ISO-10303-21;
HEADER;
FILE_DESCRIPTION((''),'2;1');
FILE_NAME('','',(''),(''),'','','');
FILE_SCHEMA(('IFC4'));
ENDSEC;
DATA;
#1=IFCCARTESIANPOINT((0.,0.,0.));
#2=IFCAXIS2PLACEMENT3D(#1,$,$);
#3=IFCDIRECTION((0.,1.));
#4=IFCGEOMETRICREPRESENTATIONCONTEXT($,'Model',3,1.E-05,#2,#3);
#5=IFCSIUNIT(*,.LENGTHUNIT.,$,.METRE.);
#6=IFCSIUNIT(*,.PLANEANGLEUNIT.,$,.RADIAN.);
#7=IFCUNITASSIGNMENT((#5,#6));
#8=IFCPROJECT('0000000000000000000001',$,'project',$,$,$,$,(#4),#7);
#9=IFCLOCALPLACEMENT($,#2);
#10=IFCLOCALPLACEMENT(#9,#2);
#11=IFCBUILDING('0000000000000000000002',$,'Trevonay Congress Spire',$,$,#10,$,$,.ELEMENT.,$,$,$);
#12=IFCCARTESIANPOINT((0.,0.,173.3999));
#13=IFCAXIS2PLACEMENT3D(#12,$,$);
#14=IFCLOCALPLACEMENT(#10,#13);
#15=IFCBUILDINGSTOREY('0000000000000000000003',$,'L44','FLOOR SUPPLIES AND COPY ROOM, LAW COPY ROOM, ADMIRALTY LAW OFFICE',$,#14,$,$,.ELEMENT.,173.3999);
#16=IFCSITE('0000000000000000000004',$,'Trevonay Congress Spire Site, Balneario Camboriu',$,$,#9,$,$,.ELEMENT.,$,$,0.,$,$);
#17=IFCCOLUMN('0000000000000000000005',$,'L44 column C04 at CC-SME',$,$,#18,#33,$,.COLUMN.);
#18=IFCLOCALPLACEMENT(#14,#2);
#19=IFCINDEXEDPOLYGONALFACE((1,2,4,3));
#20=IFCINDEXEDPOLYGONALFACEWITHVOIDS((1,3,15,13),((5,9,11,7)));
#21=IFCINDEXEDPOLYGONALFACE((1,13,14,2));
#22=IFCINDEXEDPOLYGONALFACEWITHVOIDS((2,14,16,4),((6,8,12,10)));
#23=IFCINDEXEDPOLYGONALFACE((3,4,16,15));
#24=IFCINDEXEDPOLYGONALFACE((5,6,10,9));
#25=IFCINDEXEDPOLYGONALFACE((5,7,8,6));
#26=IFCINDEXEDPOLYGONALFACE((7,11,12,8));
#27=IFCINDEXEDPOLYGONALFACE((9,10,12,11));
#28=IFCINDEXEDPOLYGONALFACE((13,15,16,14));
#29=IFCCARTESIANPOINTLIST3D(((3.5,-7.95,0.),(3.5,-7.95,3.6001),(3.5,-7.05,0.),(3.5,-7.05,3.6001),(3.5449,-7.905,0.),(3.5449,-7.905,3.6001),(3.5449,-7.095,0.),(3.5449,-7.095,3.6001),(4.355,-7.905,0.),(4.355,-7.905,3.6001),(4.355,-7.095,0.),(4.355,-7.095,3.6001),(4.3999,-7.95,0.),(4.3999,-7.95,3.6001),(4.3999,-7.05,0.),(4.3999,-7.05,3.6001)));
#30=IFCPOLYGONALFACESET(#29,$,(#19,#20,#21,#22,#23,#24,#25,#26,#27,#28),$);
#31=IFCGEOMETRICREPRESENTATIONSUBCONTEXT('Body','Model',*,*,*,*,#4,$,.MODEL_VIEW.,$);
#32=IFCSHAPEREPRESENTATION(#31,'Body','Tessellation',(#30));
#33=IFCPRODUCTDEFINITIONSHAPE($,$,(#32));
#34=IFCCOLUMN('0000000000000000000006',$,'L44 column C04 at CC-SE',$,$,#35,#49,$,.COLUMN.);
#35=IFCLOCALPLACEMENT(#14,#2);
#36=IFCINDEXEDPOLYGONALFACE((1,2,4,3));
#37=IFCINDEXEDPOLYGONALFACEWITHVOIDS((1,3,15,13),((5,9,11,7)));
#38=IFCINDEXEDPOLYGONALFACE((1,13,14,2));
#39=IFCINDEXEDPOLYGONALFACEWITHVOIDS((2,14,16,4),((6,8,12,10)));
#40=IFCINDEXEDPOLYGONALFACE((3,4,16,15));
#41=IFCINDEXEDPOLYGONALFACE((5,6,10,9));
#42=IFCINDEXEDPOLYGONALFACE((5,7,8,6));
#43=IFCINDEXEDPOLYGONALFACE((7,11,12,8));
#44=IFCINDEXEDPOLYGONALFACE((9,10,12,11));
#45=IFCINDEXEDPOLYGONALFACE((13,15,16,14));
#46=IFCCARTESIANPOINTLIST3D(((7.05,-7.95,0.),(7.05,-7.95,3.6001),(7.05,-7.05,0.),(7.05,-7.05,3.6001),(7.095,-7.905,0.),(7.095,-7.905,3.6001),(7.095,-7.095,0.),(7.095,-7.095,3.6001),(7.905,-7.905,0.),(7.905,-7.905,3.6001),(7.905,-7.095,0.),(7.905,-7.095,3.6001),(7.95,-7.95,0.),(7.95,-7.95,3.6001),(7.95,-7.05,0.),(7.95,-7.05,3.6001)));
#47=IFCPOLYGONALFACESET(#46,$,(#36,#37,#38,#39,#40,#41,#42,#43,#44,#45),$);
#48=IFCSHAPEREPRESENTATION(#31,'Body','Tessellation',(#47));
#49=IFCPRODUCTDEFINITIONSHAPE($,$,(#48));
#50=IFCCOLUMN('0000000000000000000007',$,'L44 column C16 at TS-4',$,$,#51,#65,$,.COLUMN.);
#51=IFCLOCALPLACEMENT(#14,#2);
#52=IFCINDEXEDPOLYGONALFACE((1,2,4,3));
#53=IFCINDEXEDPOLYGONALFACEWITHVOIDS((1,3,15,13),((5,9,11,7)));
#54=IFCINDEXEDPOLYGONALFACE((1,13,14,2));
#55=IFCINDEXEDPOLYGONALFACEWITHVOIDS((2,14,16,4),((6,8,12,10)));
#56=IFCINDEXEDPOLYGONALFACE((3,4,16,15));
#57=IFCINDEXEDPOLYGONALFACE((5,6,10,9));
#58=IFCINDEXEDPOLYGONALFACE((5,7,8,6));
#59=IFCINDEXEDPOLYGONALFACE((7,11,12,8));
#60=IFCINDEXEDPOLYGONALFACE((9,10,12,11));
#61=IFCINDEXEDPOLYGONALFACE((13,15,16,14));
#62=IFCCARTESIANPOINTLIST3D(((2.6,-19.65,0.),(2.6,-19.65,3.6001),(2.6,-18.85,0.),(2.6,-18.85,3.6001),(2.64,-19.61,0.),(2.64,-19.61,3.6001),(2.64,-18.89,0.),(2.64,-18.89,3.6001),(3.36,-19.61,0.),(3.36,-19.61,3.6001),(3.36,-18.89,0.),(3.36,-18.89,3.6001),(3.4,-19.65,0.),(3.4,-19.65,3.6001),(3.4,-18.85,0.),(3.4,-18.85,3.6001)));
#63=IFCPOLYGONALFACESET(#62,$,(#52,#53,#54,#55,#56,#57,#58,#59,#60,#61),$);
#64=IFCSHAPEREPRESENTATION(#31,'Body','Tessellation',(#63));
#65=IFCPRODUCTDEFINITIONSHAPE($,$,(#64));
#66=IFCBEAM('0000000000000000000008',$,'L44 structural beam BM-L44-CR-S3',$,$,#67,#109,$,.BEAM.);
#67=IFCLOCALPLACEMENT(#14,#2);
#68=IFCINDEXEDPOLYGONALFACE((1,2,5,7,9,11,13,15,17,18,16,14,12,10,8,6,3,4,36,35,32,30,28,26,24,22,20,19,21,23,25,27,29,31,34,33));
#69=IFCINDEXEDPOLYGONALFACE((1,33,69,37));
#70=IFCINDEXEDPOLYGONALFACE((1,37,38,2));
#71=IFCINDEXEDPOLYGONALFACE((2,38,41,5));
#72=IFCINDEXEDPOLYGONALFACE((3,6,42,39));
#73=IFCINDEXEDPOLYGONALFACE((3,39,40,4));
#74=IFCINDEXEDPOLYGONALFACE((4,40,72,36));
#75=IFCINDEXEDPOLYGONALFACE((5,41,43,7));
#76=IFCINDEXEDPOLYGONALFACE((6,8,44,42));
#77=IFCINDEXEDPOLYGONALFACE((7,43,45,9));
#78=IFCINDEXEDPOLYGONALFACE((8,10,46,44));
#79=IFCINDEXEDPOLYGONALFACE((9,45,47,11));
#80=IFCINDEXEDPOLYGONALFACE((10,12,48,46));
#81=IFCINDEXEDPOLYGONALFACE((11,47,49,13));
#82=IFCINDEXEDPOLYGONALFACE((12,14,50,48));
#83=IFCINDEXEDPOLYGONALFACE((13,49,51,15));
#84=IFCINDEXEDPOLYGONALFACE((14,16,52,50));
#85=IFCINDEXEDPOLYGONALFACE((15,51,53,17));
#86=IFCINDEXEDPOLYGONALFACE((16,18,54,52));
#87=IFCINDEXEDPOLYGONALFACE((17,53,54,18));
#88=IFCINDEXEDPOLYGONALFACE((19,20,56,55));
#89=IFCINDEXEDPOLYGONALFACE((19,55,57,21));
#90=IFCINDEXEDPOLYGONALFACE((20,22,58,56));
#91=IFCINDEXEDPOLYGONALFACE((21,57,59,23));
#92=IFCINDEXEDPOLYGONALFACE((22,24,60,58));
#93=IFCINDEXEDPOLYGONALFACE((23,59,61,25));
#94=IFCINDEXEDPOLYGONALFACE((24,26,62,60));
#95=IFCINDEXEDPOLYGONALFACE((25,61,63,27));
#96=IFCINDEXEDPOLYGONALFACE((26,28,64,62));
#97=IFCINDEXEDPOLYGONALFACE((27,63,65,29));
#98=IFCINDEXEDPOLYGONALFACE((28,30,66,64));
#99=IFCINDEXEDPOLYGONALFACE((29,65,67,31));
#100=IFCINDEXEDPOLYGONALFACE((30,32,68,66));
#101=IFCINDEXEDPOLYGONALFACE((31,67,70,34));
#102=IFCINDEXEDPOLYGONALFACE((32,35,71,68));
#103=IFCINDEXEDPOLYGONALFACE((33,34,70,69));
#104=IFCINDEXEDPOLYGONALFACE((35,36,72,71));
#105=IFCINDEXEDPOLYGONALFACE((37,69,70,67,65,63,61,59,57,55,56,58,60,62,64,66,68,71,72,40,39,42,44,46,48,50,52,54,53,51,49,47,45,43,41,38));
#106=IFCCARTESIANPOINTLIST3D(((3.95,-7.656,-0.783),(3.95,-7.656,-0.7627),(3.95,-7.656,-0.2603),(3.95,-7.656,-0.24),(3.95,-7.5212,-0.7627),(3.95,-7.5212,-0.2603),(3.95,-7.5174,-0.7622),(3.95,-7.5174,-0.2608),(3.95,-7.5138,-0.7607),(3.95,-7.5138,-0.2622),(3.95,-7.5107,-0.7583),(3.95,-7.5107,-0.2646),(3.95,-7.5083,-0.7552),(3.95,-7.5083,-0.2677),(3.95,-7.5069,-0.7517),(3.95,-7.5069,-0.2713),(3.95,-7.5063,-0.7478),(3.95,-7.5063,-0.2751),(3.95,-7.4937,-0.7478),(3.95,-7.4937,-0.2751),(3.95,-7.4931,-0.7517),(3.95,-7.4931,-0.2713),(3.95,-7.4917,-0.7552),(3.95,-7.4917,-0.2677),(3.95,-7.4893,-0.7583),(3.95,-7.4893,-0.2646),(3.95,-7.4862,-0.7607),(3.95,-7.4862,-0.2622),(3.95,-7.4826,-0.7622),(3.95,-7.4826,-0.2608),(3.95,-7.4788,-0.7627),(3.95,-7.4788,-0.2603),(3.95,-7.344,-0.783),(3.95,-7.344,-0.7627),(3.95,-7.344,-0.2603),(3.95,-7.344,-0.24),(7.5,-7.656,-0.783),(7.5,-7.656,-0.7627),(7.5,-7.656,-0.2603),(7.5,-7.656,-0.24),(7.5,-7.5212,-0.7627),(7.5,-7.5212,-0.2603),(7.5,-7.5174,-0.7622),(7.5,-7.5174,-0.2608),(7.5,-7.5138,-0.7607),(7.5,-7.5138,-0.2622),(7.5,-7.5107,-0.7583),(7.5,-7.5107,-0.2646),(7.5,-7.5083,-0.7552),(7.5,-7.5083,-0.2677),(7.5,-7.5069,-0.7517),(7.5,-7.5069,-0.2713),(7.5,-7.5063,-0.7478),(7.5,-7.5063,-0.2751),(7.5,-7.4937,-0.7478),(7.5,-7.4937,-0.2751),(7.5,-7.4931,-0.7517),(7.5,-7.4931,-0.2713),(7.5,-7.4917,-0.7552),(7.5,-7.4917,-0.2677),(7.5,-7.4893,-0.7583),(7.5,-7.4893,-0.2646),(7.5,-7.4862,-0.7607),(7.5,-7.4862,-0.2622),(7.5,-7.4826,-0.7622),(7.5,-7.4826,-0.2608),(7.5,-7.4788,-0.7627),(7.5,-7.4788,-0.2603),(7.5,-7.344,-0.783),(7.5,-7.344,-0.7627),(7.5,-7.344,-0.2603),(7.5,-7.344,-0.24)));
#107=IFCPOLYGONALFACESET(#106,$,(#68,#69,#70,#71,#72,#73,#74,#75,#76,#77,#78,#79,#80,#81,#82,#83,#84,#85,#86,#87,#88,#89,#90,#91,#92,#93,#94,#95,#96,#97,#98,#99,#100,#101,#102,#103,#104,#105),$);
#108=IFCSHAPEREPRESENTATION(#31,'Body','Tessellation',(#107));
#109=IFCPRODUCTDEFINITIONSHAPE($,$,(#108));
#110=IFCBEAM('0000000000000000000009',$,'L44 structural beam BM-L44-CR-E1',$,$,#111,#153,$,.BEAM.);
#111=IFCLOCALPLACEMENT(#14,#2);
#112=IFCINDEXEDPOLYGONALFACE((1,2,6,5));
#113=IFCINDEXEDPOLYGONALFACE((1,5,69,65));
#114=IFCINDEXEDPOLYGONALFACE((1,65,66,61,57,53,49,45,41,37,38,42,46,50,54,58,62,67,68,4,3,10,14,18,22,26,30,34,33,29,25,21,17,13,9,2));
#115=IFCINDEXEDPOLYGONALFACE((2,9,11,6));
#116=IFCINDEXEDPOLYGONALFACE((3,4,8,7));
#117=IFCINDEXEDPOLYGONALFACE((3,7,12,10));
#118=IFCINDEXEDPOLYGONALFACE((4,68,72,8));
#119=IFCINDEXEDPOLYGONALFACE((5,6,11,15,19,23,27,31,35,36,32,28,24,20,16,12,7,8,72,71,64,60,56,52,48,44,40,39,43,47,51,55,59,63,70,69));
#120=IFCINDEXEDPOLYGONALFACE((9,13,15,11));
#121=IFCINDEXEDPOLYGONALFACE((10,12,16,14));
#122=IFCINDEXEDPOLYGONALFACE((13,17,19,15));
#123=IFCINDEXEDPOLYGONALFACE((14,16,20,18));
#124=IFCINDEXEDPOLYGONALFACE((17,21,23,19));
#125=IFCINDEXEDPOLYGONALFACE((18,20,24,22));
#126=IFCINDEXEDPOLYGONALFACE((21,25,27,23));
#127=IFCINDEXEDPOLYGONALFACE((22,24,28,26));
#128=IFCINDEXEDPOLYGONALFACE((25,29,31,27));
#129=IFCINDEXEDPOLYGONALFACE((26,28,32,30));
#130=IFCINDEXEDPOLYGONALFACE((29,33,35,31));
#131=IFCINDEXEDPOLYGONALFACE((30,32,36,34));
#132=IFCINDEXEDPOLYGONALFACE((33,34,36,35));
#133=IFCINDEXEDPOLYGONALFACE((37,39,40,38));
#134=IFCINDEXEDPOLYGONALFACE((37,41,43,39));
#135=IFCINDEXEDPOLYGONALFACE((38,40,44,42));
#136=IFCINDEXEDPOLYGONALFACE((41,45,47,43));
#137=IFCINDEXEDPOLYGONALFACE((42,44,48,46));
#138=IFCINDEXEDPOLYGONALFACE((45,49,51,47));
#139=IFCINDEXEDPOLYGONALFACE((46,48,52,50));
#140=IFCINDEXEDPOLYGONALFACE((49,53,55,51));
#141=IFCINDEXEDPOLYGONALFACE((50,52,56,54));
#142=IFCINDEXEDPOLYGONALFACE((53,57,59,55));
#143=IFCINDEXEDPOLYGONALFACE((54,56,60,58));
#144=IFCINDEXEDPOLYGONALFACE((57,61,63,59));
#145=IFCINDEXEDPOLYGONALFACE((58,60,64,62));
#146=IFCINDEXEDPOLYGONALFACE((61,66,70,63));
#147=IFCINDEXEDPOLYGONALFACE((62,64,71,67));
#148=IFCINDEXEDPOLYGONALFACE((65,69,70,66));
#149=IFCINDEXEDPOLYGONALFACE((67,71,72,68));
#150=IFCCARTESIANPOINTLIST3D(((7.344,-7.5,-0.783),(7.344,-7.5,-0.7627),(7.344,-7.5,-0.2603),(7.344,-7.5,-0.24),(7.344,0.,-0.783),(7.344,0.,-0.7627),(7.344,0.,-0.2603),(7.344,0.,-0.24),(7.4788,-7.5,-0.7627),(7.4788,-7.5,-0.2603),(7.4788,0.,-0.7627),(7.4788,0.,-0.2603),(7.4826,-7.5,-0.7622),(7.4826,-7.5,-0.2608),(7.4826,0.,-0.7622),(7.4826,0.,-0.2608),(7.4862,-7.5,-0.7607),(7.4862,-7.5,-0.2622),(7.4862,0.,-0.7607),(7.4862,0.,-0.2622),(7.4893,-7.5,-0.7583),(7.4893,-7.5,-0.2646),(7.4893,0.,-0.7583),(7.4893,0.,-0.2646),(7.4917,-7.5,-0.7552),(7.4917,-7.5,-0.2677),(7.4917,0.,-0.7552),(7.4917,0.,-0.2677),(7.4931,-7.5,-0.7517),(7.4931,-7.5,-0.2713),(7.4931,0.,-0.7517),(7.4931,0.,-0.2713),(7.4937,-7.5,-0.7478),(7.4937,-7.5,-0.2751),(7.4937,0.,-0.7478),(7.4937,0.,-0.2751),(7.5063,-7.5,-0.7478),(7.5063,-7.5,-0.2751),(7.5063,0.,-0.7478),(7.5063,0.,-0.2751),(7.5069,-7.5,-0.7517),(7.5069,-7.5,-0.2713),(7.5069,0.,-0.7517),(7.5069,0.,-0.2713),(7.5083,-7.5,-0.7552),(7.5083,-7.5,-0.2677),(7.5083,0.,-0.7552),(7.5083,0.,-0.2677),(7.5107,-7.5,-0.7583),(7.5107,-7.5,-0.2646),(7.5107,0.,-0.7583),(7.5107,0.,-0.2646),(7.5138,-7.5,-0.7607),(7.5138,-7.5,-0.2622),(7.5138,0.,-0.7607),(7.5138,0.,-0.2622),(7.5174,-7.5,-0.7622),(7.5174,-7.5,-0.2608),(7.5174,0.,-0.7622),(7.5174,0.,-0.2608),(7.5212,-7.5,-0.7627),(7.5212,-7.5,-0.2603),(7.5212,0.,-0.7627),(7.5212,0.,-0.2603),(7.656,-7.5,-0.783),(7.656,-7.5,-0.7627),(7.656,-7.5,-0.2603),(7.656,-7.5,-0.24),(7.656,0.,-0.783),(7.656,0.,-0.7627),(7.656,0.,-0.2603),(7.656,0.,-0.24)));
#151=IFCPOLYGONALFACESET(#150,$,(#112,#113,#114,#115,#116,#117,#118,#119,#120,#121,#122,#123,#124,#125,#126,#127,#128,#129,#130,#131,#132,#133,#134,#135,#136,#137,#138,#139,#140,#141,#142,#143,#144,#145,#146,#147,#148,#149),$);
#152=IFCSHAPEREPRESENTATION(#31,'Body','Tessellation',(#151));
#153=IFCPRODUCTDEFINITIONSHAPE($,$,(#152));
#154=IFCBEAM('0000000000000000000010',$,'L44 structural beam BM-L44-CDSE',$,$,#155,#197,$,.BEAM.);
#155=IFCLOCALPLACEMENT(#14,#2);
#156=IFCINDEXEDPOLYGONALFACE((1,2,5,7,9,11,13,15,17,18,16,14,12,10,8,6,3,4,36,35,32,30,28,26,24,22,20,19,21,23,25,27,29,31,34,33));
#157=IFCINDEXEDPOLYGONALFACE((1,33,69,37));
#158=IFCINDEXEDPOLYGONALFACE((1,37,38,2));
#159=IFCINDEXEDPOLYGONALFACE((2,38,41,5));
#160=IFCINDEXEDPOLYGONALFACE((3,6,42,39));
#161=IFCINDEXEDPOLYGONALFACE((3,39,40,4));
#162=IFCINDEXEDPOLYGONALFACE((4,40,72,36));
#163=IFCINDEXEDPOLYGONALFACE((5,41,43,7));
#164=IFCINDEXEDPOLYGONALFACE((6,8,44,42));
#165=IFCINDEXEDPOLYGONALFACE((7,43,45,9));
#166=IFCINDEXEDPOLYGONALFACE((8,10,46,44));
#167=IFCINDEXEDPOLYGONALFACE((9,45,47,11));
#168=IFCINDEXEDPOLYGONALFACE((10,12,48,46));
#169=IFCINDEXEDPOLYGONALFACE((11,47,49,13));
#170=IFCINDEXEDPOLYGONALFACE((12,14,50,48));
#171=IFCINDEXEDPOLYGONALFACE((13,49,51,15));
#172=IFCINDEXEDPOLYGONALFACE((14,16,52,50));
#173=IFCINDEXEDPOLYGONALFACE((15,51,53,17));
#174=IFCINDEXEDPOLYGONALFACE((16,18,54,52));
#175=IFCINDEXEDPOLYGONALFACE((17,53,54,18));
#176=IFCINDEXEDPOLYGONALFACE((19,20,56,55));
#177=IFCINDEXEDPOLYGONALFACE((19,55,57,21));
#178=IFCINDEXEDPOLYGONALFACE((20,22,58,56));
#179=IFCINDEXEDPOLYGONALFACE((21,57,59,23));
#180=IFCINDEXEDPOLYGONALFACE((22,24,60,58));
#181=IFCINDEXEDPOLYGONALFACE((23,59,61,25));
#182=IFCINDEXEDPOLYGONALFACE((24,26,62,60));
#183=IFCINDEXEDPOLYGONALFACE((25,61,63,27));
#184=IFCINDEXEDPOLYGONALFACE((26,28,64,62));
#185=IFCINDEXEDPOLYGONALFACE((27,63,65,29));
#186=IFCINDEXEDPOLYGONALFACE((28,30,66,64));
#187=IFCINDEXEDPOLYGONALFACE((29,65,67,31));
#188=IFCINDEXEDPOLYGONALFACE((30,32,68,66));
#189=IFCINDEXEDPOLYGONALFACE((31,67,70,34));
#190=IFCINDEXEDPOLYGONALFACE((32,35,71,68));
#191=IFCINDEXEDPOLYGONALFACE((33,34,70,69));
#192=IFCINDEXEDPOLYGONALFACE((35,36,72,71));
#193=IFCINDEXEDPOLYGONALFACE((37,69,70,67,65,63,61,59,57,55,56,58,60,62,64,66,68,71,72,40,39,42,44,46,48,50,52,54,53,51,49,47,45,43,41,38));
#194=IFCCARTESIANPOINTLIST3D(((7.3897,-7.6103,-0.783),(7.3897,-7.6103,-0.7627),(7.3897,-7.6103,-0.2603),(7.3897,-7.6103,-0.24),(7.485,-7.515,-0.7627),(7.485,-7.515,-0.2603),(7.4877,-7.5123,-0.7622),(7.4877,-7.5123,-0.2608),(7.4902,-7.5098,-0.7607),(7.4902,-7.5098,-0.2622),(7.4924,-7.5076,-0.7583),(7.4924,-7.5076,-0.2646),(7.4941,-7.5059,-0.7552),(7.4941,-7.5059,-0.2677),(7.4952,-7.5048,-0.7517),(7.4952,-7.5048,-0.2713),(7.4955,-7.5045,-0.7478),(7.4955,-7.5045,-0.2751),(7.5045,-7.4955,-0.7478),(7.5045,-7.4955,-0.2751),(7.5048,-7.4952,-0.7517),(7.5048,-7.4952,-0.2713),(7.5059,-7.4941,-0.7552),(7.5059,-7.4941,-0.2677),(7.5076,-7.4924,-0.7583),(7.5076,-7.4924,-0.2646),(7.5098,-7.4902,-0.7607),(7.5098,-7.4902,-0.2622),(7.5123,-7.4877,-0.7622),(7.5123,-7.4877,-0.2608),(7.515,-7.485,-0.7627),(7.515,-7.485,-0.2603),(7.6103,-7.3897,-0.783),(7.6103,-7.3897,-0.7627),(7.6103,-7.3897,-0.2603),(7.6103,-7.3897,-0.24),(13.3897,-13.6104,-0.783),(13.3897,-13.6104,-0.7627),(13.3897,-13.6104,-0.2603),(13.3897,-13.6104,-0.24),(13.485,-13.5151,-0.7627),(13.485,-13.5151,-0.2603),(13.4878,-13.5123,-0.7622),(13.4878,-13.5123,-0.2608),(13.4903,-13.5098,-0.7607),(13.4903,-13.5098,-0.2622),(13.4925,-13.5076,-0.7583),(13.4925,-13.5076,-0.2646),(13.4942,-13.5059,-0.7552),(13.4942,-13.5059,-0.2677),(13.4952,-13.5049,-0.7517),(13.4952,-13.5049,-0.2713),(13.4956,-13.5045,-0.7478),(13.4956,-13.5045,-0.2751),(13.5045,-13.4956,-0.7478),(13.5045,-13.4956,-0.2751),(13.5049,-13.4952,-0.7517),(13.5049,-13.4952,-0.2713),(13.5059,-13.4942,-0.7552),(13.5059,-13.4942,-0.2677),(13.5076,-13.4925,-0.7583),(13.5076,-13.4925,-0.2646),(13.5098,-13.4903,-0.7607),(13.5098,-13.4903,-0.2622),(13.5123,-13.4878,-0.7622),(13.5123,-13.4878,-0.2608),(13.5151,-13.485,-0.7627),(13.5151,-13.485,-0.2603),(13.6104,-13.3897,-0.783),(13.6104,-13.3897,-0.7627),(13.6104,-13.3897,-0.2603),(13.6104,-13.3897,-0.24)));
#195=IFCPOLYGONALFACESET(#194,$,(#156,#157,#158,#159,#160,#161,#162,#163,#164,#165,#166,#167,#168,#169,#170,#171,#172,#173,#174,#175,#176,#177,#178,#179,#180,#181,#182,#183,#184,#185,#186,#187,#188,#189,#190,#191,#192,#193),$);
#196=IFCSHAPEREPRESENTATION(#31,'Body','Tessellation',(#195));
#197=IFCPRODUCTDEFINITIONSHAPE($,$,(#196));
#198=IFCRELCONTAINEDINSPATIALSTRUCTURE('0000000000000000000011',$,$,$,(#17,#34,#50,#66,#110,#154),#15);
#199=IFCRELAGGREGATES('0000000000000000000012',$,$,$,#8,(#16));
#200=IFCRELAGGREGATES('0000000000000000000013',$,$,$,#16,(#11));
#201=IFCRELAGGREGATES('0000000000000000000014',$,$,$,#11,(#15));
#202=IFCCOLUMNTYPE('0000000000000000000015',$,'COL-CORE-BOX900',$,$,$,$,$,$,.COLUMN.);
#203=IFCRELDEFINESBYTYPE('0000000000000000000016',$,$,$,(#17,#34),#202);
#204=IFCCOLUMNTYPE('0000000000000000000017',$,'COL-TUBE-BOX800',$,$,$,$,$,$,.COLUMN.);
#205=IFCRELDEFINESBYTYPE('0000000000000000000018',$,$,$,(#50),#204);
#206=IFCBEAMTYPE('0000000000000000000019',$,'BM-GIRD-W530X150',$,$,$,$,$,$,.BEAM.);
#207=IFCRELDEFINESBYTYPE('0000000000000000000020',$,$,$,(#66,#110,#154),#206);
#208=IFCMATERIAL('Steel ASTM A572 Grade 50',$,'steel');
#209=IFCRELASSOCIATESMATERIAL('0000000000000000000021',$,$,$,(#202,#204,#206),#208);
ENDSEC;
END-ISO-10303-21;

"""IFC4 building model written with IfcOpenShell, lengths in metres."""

from ifc_helpers import new_model, si_unit, direction, frame, origin, origin_2d, place, context, subcontext, project, spatial, hollow_rectangle, i_section, extrude, material, material_profile, profile_set, type_object, element, save


model = new_model("IFC4")

# Units and contexts
model_context = context("Model", 3, precision=1e-05, world=origin(), true_north=direction((0.0, 1.0)))
body_context = subcontext(model_context, "Body", "Model", "MODEL_VIEW")
ifc_project = project(units=[si_unit("LENGTHUNIT", "METRE"), si_unit("PLANEANGLEUNIT", "RADIAN")], contexts=[model_context])

# Site, building, storey
site_placement = place(None, origin())
site = spatial("IfcSite", under=ifc_project, at=site_placement, Name="Trevonay Congress Spire Site, Balneario Camboriu", CompositionType="ELEMENT", RefElevation=0.0)
building_placement = place(site_placement, origin())
building = spatial("IfcBuilding", under=site, at=building_placement, Name="Trevonay Congress Spire", CompositionType="ELEMENT")
storey_placement = place(building_placement, frame((0.0, 0.0, 173.3999)))
storey = spatial("IfcBuildingStorey", under=building, at=storey_placement, Name="L44", Description="FLOOR SUPPLIES AND COPY ROOM, LAW COPY ROOM, ADMIRALTY LAW OFFICE", CompositionType="ELEMENT", Elevation=173.3999)

# Columns
ifc_material_1 = material(Name="Steel ASTM A572 Grade 50", Category="steel")
ifc_material_profile_1 = material_profile(ifc_material_1, hollow_rectangle(XDim=0.8999, YDim=0.8999, WallThickness=0.0449, at=origin_2d()), Name="BOX 900x900x45")
ifc_profile_set_1 = profile_set([ifc_material_profile_1], Name="Steel ASTM A572 Grade 50")
column_type_1 = type_object("IfcColumnType", Name="COL-CORE-BOX900", PredefinedType="COLUMN", material=ifc_profile_set_1)
for number, where, z_axis, x_axis, name in (
    (1, (3.95, -7.5, 0.0), (0.0, 0.0, 1.0), (1.0, 0.0, 0.0), "L44 column C04 at CC-SME"),
    (2, (7.5, -7.5, 0.0), (0.0, 0.0, 1.0), (1.0, 0.0, 0.0), "L44 column C04 at CC-SE"),
):
    element("IfcColumn", number, at=place(storey_placement, frame(where, z_axis=z_axis, x_axis=x_axis)), inside=storey, type_object=column_type_1, Name=name, PredefinedType="COLUMN", context=body_context, shape_type="SweptSolid", body=[
        extrude(hollow_rectangle(XDim=0.8999, YDim=0.8999, WallThickness=0.0449, at=origin_2d()), origin(), (0.0, 0.0, 1.0), 3.6001),
    ])
ifc_material_profile_2 = material_profile(ifc_material_1, hollow_rectangle(XDim=0.8, YDim=0.8, WallThickness=0.04, at=origin_2d()), Name="BOX 800x800x40")
ifc_profile_set_2 = profile_set([ifc_material_profile_2], Name="Steel ASTM A572 Grade 50")
column_type_2 = type_object("IfcColumnType", Name="COL-TUBE-BOX800", PredefinedType="COLUMN", material=ifc_profile_set_2)
column_placement = place(storey_placement, frame((3.0, -19.25, 0.0), z_axis=(0.0, 0.0, 1.0), x_axis=(1.0, 0.0, 0.0)))
element("IfcColumn", 3, at=column_placement, inside=storey, type_object=column_type_2, Name="L44 column C16 at TS-4", PredefinedType="COLUMN", context=body_context, shape_type="SweptSolid", body=[
    extrude(hollow_rectangle(XDim=0.8, YDim=0.8, WallThickness=0.04, at=origin_2d()), origin(), (0.0, 0.0, 1.0), 3.6001),
])

# Beams
ifc_material_profile_3 = material_profile(ifc_material_1, i_section(OverallWidth=0.312, OverallDepth=0.543, WebThickness=0.0127, FlangeThickness=0.0203, FilletRadius=0.0149, at=origin_2d()), Name="W530x150")
ifc_profile_set_3 = profile_set([ifc_material_profile_3], Name="Steel ASTM A572 Grade 50")
beam_type_1 = type_object("IfcBeamType", Name="BM-GIRD-W530X150", PredefinedType="BEAM", material=ifc_profile_set_3)
beam_1_placement = place(storey_placement, frame((3.95, -7.5, -0.5115), z_axis=(1.0, 0.0, 0.0), x_axis=(0.0, 1.0, 0.0)))
element("IfcBeam", 4, at=beam_1_placement, inside=storey, type_object=beam_type_1, Name="L44 structural beam BM-L44-CR-S3", PredefinedType="BEAM", context=body_context, shape_type="SweptSolid", body=[
    extrude(i_section(OverallWidth=0.312, OverallDepth=0.543, WebThickness=0.0127, FlangeThickness=0.0203, FilletRadius=0.0149, at=origin_2d()), origin(), (0.0, 0.0, 1.0), 3.55),
])
beam_2_placement = place(storey_placement, frame((7.5, -7.5, -0.5115), z_axis=(0.0, 1.0, 0.0), x_axis=(-1.0, 0.0, 0.0)))
element("IfcBeam", 5, at=beam_2_placement, inside=storey, type_object=beam_type_1, Name="L44 structural beam BM-L44-CR-E1", PredefinedType="BEAM", context=body_context, shape_type="SweptSolid", body=[
    extrude(i_section(OverallWidth=0.312, OverallDepth=0.543, WebThickness=0.0127, FlangeThickness=0.0203, FilletRadius=0.0149, at=origin_2d()), origin(), (0.0, 0.0, 1.0), 7.5),
])
beam_3_placement = place(storey_placement, frame((7.5, -7.5, -0.5115), z_axis=(0.707107, -0.707107, 0.0), x_axis=(0.707107, 0.707107, 0.0)))
element("IfcBeam", 6, at=beam_3_placement, inside=storey, type_object=beam_type_1, Name="L44 structural beam BM-L44-CDSE", PredefinedType="BEAM", context=body_context, shape_type="SweptSolid", body=[
    extrude(i_section(OverallWidth=0.312, OverallDepth=0.543, WebThickness=0.0127, FlangeThickness=0.0203, FilletRadius=0.0149, at=origin_2d()), origin(), (0.0, 0.0, 1.0), 8.4854),
])

save(model, "model.ifc")
